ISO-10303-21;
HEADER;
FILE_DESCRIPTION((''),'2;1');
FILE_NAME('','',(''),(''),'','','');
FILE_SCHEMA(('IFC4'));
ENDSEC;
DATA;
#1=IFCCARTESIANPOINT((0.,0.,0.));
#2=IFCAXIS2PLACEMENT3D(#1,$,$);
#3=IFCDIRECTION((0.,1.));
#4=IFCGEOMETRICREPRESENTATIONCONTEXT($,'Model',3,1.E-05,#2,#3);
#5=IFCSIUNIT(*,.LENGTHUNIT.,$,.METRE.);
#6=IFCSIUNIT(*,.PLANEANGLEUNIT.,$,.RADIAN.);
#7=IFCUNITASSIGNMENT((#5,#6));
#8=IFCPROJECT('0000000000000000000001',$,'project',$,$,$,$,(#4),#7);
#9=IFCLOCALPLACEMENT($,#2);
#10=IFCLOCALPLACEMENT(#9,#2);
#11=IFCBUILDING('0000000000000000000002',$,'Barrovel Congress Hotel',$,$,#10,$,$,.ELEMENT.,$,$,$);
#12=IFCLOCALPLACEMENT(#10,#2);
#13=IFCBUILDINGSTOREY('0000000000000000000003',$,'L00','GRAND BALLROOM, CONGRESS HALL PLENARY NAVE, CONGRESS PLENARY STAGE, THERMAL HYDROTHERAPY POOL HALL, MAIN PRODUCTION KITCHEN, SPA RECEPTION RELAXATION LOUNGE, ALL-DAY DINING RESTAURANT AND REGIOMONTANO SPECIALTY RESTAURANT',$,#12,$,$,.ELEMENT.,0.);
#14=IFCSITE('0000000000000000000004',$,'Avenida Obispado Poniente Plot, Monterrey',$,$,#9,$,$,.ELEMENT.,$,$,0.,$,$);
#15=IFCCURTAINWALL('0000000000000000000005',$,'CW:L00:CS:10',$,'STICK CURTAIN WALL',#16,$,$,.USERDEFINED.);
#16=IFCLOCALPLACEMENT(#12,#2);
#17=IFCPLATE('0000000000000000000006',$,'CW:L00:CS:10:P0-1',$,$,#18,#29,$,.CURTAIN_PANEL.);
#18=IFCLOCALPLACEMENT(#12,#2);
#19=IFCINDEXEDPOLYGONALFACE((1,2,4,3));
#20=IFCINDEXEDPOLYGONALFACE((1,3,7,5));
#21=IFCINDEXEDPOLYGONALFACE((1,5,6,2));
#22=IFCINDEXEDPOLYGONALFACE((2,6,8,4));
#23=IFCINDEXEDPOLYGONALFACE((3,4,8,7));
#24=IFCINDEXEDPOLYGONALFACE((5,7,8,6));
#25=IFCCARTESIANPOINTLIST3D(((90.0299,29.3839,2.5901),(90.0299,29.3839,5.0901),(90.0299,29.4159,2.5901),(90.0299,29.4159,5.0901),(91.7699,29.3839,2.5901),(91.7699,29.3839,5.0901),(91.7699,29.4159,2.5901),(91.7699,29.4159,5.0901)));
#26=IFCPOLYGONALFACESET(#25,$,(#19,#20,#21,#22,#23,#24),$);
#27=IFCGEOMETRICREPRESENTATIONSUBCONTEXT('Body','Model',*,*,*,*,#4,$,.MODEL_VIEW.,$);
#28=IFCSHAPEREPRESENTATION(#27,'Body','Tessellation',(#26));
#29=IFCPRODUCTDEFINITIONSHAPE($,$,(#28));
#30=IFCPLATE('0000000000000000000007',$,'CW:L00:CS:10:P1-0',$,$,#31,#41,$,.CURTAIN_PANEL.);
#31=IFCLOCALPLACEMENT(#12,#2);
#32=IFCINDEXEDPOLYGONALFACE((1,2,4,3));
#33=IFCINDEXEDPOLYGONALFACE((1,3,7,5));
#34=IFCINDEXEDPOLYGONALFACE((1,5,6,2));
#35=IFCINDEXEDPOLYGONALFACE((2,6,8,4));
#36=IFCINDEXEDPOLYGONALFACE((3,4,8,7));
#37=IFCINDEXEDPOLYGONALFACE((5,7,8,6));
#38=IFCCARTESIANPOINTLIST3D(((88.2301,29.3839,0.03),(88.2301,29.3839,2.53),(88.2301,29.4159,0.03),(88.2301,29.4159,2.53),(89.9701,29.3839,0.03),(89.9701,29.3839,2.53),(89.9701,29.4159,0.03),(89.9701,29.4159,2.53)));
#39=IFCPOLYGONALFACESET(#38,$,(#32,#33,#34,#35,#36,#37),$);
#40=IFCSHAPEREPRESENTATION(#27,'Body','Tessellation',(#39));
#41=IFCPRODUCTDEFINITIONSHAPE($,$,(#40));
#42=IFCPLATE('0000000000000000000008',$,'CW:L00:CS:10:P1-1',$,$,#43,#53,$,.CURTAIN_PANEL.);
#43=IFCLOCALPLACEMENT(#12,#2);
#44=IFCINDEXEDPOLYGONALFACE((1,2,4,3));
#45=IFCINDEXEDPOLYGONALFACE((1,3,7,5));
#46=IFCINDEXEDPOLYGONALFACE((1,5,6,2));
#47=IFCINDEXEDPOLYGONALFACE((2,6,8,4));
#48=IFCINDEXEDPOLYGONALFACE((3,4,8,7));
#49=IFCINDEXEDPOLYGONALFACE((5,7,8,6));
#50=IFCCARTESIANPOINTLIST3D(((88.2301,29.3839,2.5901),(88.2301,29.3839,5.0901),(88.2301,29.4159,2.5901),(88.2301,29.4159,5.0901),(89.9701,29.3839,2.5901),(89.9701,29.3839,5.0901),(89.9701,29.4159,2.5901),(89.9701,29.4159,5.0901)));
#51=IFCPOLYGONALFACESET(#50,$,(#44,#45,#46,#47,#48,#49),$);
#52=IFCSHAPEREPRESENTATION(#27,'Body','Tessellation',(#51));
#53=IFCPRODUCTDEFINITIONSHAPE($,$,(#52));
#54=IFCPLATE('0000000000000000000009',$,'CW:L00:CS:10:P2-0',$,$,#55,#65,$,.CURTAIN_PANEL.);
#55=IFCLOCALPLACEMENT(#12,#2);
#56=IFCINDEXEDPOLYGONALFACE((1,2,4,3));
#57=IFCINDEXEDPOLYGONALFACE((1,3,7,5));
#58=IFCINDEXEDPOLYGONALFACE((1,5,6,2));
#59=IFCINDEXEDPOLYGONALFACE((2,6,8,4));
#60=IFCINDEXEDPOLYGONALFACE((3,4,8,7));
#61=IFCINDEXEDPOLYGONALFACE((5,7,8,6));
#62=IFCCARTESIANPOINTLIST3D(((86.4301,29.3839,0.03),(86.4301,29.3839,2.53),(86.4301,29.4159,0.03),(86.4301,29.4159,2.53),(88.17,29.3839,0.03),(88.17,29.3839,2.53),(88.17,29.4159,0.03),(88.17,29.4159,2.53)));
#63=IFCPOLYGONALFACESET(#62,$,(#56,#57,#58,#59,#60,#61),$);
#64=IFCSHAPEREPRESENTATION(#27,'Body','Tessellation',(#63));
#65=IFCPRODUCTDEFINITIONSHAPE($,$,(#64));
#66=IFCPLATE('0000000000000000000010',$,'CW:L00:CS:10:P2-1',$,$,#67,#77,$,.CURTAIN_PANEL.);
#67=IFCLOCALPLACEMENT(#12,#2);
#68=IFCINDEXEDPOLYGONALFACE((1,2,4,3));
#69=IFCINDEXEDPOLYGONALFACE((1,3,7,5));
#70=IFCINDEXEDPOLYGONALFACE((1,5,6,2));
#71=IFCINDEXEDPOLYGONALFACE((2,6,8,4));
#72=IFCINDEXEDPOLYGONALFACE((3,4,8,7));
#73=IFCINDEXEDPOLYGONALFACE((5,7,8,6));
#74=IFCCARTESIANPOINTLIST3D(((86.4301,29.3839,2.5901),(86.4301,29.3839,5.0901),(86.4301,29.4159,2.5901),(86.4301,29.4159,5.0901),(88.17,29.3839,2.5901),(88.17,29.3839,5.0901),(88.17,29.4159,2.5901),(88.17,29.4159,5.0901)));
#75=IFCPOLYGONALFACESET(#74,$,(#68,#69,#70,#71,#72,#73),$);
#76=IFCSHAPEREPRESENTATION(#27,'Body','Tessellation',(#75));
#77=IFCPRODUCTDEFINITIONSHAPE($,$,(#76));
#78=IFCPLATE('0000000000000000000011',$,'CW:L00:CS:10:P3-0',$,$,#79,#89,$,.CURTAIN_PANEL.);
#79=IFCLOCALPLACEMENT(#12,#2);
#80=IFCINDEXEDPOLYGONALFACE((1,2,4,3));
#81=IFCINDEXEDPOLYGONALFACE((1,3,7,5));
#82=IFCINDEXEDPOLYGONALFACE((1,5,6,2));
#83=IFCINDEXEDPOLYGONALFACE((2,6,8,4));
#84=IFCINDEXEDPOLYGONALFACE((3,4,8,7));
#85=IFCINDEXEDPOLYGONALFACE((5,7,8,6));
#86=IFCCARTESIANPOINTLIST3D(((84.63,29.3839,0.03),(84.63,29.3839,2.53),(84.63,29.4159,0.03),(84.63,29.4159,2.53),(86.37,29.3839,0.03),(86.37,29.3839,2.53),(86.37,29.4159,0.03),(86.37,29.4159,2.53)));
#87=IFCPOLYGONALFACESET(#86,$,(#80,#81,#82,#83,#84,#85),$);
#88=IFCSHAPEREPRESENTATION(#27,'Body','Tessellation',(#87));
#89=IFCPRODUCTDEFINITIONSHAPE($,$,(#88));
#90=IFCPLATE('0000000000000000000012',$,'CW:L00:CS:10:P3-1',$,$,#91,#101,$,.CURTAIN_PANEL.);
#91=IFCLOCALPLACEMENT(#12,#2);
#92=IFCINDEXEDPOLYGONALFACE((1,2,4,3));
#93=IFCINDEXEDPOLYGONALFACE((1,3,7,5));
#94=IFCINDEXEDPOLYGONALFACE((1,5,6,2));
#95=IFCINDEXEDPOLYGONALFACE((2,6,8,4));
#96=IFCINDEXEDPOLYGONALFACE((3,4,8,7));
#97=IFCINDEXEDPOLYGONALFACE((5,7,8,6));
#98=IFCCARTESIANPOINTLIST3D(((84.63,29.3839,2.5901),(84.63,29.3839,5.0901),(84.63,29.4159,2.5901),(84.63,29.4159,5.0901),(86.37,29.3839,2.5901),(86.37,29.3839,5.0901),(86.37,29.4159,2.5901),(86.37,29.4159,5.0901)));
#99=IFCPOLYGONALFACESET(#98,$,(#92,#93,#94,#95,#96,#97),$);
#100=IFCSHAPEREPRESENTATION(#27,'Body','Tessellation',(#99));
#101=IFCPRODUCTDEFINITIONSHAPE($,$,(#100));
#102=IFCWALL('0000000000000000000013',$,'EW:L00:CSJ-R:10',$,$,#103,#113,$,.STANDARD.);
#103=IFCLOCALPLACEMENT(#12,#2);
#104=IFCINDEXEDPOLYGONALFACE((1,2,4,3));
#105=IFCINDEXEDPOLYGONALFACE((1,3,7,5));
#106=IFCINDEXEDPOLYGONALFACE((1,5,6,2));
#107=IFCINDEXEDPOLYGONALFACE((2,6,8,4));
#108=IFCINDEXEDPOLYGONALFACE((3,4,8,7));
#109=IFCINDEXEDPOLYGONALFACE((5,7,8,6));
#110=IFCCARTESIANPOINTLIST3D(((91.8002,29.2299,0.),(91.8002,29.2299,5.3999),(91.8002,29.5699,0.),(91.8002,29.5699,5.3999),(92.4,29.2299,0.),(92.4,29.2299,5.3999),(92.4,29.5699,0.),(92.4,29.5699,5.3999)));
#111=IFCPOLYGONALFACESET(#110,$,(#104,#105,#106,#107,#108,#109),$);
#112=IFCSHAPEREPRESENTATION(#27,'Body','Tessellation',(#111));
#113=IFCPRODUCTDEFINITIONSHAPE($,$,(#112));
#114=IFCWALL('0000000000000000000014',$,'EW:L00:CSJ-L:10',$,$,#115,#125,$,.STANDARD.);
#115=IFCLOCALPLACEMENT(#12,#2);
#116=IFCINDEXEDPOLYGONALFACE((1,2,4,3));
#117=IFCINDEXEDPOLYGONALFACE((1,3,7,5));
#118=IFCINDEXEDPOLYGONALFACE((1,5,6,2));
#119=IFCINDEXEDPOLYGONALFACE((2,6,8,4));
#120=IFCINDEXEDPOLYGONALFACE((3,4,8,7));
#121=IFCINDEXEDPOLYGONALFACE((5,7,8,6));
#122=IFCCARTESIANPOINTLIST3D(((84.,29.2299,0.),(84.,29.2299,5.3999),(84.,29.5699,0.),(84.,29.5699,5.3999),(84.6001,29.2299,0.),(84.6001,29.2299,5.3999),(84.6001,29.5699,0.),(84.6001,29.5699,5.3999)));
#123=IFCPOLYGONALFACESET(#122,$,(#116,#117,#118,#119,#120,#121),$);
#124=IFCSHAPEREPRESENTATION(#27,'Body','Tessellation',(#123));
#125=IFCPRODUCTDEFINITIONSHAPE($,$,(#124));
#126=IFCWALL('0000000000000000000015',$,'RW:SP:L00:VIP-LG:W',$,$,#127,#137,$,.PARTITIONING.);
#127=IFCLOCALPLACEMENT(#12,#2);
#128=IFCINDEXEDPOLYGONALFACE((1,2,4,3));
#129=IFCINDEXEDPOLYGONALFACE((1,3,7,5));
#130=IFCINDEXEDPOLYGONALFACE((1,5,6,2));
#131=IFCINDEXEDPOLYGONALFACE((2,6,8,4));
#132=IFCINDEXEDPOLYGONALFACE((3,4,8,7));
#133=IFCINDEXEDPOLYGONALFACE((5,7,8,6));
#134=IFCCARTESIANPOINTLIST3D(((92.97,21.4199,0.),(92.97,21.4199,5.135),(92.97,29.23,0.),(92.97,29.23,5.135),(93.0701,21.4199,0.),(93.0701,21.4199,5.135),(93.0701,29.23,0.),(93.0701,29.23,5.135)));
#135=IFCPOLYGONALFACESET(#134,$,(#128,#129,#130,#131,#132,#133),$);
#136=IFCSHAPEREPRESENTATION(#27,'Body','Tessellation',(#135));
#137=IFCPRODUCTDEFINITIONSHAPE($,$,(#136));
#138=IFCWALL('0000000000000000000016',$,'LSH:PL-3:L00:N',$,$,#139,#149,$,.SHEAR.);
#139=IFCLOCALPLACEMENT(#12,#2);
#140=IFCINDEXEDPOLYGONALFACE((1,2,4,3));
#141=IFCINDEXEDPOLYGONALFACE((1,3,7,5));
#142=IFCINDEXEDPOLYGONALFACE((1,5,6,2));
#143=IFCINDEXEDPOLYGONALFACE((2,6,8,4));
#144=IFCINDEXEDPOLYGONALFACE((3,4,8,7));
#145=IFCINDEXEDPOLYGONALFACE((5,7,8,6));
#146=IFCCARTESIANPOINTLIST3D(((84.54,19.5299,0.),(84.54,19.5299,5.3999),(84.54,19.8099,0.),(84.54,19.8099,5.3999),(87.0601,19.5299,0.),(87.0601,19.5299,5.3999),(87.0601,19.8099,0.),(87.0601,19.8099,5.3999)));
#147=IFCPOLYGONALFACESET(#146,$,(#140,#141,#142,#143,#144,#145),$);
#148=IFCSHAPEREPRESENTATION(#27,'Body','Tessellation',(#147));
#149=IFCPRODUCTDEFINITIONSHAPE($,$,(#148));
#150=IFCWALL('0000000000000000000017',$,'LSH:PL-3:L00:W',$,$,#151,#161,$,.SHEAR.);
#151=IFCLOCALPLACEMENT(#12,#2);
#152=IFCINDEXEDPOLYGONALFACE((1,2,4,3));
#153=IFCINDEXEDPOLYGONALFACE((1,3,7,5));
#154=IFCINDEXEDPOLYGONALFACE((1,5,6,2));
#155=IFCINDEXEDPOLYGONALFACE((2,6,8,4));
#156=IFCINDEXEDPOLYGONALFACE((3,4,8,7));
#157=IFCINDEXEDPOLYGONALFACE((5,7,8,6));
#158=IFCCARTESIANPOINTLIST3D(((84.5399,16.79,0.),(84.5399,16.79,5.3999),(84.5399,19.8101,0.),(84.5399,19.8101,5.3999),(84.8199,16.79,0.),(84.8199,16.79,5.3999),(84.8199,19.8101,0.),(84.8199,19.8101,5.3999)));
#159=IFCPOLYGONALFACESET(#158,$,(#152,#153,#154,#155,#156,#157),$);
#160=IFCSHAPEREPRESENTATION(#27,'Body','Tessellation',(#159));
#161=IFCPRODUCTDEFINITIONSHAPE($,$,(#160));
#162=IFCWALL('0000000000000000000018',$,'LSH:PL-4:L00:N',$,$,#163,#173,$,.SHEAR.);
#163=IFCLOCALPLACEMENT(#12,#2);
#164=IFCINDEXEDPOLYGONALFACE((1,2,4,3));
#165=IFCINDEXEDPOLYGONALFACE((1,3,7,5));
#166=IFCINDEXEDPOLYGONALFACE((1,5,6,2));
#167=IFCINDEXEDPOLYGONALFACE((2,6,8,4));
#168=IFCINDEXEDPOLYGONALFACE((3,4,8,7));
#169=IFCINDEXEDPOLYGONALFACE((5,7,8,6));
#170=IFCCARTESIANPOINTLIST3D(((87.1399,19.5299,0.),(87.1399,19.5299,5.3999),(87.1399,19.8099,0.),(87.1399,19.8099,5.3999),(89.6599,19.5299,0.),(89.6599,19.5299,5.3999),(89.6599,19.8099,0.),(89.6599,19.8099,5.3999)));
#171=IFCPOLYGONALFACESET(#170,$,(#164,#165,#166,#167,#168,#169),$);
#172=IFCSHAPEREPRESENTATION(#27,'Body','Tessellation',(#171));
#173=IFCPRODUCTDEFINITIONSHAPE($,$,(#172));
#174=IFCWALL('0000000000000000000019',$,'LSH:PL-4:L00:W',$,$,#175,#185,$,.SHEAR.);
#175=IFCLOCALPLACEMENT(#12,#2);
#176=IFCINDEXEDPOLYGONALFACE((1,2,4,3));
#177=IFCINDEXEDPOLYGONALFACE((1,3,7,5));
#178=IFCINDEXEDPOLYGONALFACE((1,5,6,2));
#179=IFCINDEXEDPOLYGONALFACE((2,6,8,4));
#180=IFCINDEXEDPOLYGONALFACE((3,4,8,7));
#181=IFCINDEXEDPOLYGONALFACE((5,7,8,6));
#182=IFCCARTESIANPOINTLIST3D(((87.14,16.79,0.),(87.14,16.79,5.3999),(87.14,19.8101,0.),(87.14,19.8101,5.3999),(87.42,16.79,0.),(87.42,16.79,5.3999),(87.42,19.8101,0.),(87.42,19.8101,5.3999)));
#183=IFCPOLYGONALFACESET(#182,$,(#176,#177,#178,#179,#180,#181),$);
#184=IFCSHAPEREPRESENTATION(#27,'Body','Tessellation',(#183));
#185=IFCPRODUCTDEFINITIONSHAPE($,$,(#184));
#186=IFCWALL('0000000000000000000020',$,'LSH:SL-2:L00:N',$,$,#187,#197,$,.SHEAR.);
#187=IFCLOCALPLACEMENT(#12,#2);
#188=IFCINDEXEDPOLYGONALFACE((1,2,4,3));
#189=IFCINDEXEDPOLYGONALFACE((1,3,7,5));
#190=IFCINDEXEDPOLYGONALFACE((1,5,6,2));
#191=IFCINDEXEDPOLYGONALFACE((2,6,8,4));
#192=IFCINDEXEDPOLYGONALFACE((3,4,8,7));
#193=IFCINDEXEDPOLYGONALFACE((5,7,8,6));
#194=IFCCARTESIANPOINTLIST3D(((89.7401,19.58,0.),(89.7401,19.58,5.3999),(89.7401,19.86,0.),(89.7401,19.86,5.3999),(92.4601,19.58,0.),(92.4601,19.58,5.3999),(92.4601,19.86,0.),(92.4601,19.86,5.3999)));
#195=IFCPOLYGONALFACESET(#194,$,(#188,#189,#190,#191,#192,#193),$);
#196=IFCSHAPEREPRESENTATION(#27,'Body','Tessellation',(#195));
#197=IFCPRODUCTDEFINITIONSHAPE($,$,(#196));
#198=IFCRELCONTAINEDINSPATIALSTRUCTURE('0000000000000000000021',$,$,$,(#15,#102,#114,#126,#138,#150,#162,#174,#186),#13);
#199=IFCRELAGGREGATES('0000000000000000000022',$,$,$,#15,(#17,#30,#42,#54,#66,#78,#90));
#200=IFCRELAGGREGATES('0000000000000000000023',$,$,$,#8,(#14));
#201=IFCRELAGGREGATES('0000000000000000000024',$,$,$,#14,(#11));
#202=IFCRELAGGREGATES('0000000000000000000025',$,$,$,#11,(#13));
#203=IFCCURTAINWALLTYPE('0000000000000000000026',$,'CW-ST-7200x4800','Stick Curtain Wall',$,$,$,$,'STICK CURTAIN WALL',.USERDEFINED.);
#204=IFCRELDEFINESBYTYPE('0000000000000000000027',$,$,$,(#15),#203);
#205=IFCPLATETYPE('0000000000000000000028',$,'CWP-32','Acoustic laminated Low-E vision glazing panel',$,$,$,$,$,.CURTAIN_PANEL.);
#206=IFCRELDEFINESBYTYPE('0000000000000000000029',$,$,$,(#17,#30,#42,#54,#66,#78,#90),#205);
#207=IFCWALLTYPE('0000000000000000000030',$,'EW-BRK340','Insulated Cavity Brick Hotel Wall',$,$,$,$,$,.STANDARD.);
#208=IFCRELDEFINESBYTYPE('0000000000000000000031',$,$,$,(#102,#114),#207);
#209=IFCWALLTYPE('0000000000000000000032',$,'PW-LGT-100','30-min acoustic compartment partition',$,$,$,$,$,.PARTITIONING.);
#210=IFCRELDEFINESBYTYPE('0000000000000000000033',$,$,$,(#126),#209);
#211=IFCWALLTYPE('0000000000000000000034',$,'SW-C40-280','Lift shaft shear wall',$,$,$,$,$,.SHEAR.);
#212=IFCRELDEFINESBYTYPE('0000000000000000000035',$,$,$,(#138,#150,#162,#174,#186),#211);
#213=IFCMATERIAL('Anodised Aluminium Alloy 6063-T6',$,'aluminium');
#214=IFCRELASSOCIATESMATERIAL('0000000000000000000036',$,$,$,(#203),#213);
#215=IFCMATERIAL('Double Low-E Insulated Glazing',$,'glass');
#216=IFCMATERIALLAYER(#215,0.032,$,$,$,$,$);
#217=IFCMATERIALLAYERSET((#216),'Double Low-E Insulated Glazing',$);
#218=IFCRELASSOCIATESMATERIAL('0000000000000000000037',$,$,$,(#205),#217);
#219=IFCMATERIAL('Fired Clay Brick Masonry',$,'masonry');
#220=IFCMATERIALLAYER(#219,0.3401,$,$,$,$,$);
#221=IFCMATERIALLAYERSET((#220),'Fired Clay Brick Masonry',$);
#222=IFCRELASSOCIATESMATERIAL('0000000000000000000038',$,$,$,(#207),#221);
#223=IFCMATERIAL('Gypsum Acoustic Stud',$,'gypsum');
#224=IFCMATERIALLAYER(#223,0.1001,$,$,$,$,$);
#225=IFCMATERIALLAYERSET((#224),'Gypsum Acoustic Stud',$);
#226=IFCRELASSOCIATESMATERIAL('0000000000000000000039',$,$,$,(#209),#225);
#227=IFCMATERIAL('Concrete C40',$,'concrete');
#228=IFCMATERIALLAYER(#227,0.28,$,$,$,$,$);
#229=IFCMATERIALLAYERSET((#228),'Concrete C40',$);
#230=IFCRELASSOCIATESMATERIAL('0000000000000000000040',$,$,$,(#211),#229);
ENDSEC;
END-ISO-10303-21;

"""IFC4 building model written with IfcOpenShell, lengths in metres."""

from ifc_helpers import new_model, si_unit, direction, frame, frame_2d, origin, origin_2d, place, context, subcontext, project, spatial, rectangle, extrude, material, layer, layer_set, type_object, element, aggregate, save


model = new_model("IFC4")

# Units and contexts
model_context = context("Model", 3, precision=1e-05, world=origin(), true_north=direction((0.0, 1.0)))
body_context = subcontext(model_context, "Body", "Model", "MODEL_VIEW")
ifc_project = project(units=[si_unit("LENGTHUNIT", "METRE"), si_unit("PLANEANGLEUNIT", "RADIAN")], contexts=[model_context])

# Site, building, storey
site_placement = place(None, origin())
site = spatial("IfcSite", under=ifc_project, at=site_placement, Name="Avenida Obispado Poniente Plot, Monterrey", CompositionType="ELEMENT", RefElevation=0.0)
building_placement = place(site_placement, origin())
building = spatial("IfcBuilding", under=site, at=building_placement, Name="Barrovel Congress Hotel", CompositionType="ELEMENT")
storey_placement = place(building_placement, origin())
storey = spatial("IfcBuildingStorey", under=building, at=storey_placement, Name="L00", Description="GRAND BALLROOM, CONGRESS HALL PLENARY NAVE, CONGRESS PLENARY STAGE, THERMAL HYDROTHERAPY POOL HALL, MAIN PRODUCTION KITCHEN, SPA RECEPTION RELAXATION LOUNGE, ALL-DAY DINING RESTAURANT AND REGIOMONTANO SPECIALTY RESTAURANT", CompositionType="ELEMENT", Elevation=0.0)

# Shared definitions
ifc_material_1 = material(Name="Concrete C40", Category="concrete")

# Curtain wall
ifc_material_2 = material(Name="Anodised Aluminium Alloy 6063-T6", Category="aluminium")
curtain_wall_type = type_object("IfcCurtainWallType", Name="CW-ST-7200x4800", Description="Stick Curtain Wall", ElementType="STICK CURTAIN WALL", PredefinedType="USERDEFINED", material=ifc_material_2)
curtain_wall_placement = place(storey_placement, origin())
curtain_wall = element("IfcCurtainWall", 1, at=curtain_wall_placement, inside=storey, type_object=curtain_wall_type, Name="CW:L00:CS:10", ObjectType="STICK CURTAIN WALL", PredefinedType="USERDEFINED")

# Plates
ifc_material_3 = material(Name="Double Low-E Insulated Glazing", Category="glass")
ifc_layer_1 = layer(ifc_material_3, 0.032)
ifc_layer_set_1 = layer_set([ifc_layer_1], Name="Double Low-E Insulated Glazing")
plate_type = type_object("IfcPlateType", Name="CWP-32", Description="Acoustic laminated Low-E vision glazing panel", PredefinedType="CURTAIN_PANEL", material=ifc_layer_set_1)
plate_1_placement = place(storey_placement, frame((90.8999, 29.3999, 2.5901), z_axis=(0.0, 0.0, 1.0), x_axis=(-1.0, 0.0, 0.0)))
plate_1 = element("IfcPlate", 2, at=plate_1_placement, type_object=plate_type, Name="CW:L00:CS:10:P0-1", PredefinedType="CURTAIN_PANEL", context=body_context, shape_type="SweptSolid", body=[
    extrude(rectangle(XDim=1.74, YDim=0.032, at=origin_2d()), origin(), (0.0, 0.0, 1.0), 2.5),
])
plate_2_placement = place(storey_placement, frame((89.1001, 29.3999, 0.03), z_axis=(0.0, 0.0, 1.0), x_axis=(-1.0, 0.0, 0.0)))
plate_2 = element("IfcPlate", 3, at=plate_2_placement, type_object=plate_type, Name="CW:L00:CS:10:P1-0", PredefinedType="CURTAIN_PANEL", context=body_context, shape_type="SweptSolid", body=[
    extrude(rectangle(XDim=1.74, YDim=0.032, at=origin_2d()), origin(), (0.0, 0.0, 1.0), 2.5),
])
plate_3_placement = place(storey_placement, frame((89.1001, 29.3999, 2.5901), z_axis=(0.0, 0.0, 1.0), x_axis=(-1.0, 0.0, 0.0)))
plate_3 = element("IfcPlate", 4, at=plate_3_placement, type_object=plate_type, Name="CW:L00:CS:10:P1-1", PredefinedType="CURTAIN_PANEL", context=body_context, shape_type="SweptSolid", body=[
    extrude(rectangle(XDim=1.74, YDim=0.032, at=origin_2d()), origin(), (0.0, 0.0, 1.0), 2.5),
])
plate_4_placement = place(storey_placement, frame((87.3, 29.3999, 0.03), z_axis=(0.0, 0.0, 1.0), x_axis=(-1.0, 0.0, 0.0)))
plate_4 = element("IfcPlate", 5, at=plate_4_placement, type_object=plate_type, Name="CW:L00:CS:10:P2-0", PredefinedType="CURTAIN_PANEL", context=body_context, shape_type="SweptSolid", body=[
    extrude(rectangle(XDim=1.74, YDim=0.032, at=origin_2d()), origin(), (0.0, 0.0, 1.0), 2.5),
])
plate_5_placement = place(storey_placement, frame((87.3, 29.3999, 2.5901), z_axis=(0.0, 0.0, 1.0), x_axis=(-1.0, 0.0, 0.0)))
plate_5 = element("IfcPlate", 6, at=plate_5_placement, type_object=plate_type, Name="CW:L00:CS:10:P2-1", PredefinedType="CURTAIN_PANEL", context=body_context, shape_type="SweptSolid", body=[
    extrude(rectangle(XDim=1.74, YDim=0.032, at=origin_2d()), origin(), (0.0, 0.0, 1.0), 2.5),
])
plate_6_placement = place(storey_placement, frame((85.5, 29.3999, 0.03), z_axis=(0.0, 0.0, 1.0), x_axis=(-1.0, 0.0, 0.0)))
plate_6 = element("IfcPlate", 7, at=plate_6_placement, type_object=plate_type, Name="CW:L00:CS:10:P3-0", PredefinedType="CURTAIN_PANEL", context=body_context, shape_type="SweptSolid", body=[
    extrude(rectangle(XDim=1.74, YDim=0.032, at=origin_2d()), origin(), (0.0, 0.0, 1.0), 2.5),
])
plate_7_placement = place(storey_placement, frame((85.5, 29.3999, 2.5901), z_axis=(0.0, 0.0, 1.0), x_axis=(-1.0, 0.0, 0.0)))
plate_7 = element("IfcPlate", 8, at=plate_7_placement, type_object=plate_type, Name="CW:L00:CS:10:P3-1", PredefinedType="CURTAIN_PANEL", context=body_context, shape_type="SweptSolid", body=[
    extrude(rectangle(XDim=1.74, YDim=0.032, at=origin_2d()), origin(), (0.0, 0.0, 1.0), 2.5),
])
aggregate(curtain_wall, [plate_1, plate_2, plate_3, plate_4, plate_5, plate_6, plate_7])

# Walls
ifc_material_4 = material(Name="Fired Clay Brick Masonry", Category="masonry")
ifc_layer_2 = layer(ifc_material_4, 0.3401)
ifc_layer_set_2 = layer_set([ifc_layer_2], Name="Fired Clay Brick Masonry")
wall_type_1 = type_object("IfcWallType", Name="EW-BRK340", Description="Insulated Cavity Brick Hotel Wall", PredefinedType="STANDARD", material=ifc_layer_set_2)
wall_1_placement = place(storey_placement, frame((92.3999, 29.3999, 0.0), z_axis=(0.0, 0.0, 1.0), x_axis=(-1.0, 0.0, 0.0)))
element("IfcWall", 9, at=wall_1_placement, inside=storey, type_object=wall_type_1, Name="EW:L00:CSJ-R:10", PredefinedType="STANDARD", context=body_context, shape_type="SweptSolid", body=[
    extrude(rectangle(XDim=0.5999, YDim=0.3401, at=frame_2d((0.2998, 0.0))), origin(), (0.0, 0.0, 1.0), 5.3999),
])
wall_2_placement = place(storey_placement, frame((84.6001, 29.3999, 0.0), z_axis=(0.0, 0.0, 1.0), x_axis=(-1.0, 0.0, 0.0)))
element("IfcWall", 10, at=wall_2_placement, inside=storey, type_object=wall_type_1, Name="EW:L00:CSJ-L:10", PredefinedType="STANDARD", context=body_context, shape_type="SweptSolid", body=[
    extrude(rectangle(XDim=0.6001, YDim=0.3401, at=frame_2d((0.3, 0.0))), origin(), (0.0, 0.0, 1.0), 5.3999),
])
ifc_material_5 = material(Name="Gypsum Acoustic Stud", Category="gypsum")
ifc_layer_3 = layer(ifc_material_5, 0.1001)
ifc_layer_set_3 = layer_set([ifc_layer_3], Name="Gypsum Acoustic Stud")
wall_type_2 = type_object("IfcWallType", Name="PW-LGT-100", Description="30-min acoustic compartment partition", PredefinedType="PARTITIONING", material=ifc_layer_set_3)
wall_3_placement = place(storey_placement, frame((93.02, 21.4199, 0.0), z_axis=(0.0, 0.0, 1.0), x_axis=(0.0, 1.0, 0.0)))
element("IfcWall", 11, at=wall_3_placement, inside=storey, type_object=wall_type_2, Name="RW:SP:L00:VIP-LG:W", PredefinedType="PARTITIONING", context=body_context, shape_type="SweptSolid", body=[
    extrude(rectangle(XDim=7.8101, YDim=0.1001, at=frame_2d((3.905, 0.0))), origin(), (0.0, 0.0, 1.0), 5.135),
])
ifc_layer_4 = layer(ifc_material_1, 0.28)
ifc_layer_set_4 = layer_set([ifc_layer_4], Name="Concrete C40")
wall_type_3 = type_object("IfcWallType", Name="SW-C40-280", Description="Lift shaft shear wall", PredefinedType="SHEAR", material=ifc_layer_set_4)
wall_4_placement = place(storey_placement, frame((87.0601, 19.6699, 0.0), z_axis=(0.0, 0.0, 1.0), x_axis=(-1.0, 0.0, 0.0)))
element("IfcWall", 12, at=wall_4_placement, inside=storey, type_object=wall_type_3, Name="LSH:PL-3:L00:N", PredefinedType="SHEAR", context=body_context, shape_type="SweptSolid", body=[
    extrude(rectangle(XDim=2.52, YDim=0.28, at=frame_2d((1.26, 0.0))), origin(), (0.0, 0.0, 1.0), 5.3999),
])
wall_5_placement = place(storey_placement, frame((84.6799, 19.8101, 0.0), z_axis=(0.0, 0.0, 1.0), x_axis=(0.0, -1.0, 0.0)))
element("IfcWall", 13, at=wall_5_placement, inside=storey, type_object=wall_type_3, Name="LSH:PL-3:L00:W", PredefinedType="SHEAR", context=body_context, shape_type="SweptSolid", body=[
    extrude(rectangle(XDim=3.02, YDim=0.28, at=frame_2d((1.51, 0.0))), origin(), (0.0, 0.0, 1.0), 5.3999),
])
wall_6_placement = place(storey_placement, frame((89.6599, 19.6699, 0.0), z_axis=(0.0, 0.0, 1.0), x_axis=(-1.0, 0.0, 0.0)))
element("IfcWall", 14, at=wall_6_placement, inside=storey, type_object=wall_type_3, Name="LSH:PL-4:L00:N", PredefinedType="SHEAR", context=body_context, shape_type="SweptSolid", body=[
    extrude(rectangle(XDim=2.52, YDim=0.28, at=frame_2d((1.26, 0.0))), origin(), (0.0, 0.0, 1.0), 5.3999),
])
wall_7_placement = place(storey_placement, frame((87.28, 19.8101, 0.0), z_axis=(0.0, 0.0, 1.0), x_axis=(0.0, -1.0, 0.0)))
element("IfcWall", 15, at=wall_7_placement, inside=storey, type_object=wall_type_3, Name="LSH:PL-4:L00:W", PredefinedType="SHEAR", context=body_context, shape_type="SweptSolid", body=[
    extrude(rectangle(XDim=3.02, YDim=0.28, at=frame_2d((1.51, 0.0))), origin(), (0.0, 0.0, 1.0), 5.3999),
])
wall_8_placement = place(storey_placement, frame((92.46, 19.72, 0.0), z_axis=(0.0, 0.0, 1.0), x_axis=(-1.0, 0.0, 0.0)))
element("IfcWall", 16, at=wall_8_placement, inside=storey, type_object=wall_type_3, Name="LSH:SL-2:L00:N", PredefinedType="SHEAR", context=body_context, shape_type="SweptSolid", body=[
    extrude(rectangle(XDim=2.72, YDim=0.28, at=frame_2d((1.3599, 0.0))), origin(), (0.0, 0.0, 1.0), 5.3999),
])

save(model, "model.ifc")
